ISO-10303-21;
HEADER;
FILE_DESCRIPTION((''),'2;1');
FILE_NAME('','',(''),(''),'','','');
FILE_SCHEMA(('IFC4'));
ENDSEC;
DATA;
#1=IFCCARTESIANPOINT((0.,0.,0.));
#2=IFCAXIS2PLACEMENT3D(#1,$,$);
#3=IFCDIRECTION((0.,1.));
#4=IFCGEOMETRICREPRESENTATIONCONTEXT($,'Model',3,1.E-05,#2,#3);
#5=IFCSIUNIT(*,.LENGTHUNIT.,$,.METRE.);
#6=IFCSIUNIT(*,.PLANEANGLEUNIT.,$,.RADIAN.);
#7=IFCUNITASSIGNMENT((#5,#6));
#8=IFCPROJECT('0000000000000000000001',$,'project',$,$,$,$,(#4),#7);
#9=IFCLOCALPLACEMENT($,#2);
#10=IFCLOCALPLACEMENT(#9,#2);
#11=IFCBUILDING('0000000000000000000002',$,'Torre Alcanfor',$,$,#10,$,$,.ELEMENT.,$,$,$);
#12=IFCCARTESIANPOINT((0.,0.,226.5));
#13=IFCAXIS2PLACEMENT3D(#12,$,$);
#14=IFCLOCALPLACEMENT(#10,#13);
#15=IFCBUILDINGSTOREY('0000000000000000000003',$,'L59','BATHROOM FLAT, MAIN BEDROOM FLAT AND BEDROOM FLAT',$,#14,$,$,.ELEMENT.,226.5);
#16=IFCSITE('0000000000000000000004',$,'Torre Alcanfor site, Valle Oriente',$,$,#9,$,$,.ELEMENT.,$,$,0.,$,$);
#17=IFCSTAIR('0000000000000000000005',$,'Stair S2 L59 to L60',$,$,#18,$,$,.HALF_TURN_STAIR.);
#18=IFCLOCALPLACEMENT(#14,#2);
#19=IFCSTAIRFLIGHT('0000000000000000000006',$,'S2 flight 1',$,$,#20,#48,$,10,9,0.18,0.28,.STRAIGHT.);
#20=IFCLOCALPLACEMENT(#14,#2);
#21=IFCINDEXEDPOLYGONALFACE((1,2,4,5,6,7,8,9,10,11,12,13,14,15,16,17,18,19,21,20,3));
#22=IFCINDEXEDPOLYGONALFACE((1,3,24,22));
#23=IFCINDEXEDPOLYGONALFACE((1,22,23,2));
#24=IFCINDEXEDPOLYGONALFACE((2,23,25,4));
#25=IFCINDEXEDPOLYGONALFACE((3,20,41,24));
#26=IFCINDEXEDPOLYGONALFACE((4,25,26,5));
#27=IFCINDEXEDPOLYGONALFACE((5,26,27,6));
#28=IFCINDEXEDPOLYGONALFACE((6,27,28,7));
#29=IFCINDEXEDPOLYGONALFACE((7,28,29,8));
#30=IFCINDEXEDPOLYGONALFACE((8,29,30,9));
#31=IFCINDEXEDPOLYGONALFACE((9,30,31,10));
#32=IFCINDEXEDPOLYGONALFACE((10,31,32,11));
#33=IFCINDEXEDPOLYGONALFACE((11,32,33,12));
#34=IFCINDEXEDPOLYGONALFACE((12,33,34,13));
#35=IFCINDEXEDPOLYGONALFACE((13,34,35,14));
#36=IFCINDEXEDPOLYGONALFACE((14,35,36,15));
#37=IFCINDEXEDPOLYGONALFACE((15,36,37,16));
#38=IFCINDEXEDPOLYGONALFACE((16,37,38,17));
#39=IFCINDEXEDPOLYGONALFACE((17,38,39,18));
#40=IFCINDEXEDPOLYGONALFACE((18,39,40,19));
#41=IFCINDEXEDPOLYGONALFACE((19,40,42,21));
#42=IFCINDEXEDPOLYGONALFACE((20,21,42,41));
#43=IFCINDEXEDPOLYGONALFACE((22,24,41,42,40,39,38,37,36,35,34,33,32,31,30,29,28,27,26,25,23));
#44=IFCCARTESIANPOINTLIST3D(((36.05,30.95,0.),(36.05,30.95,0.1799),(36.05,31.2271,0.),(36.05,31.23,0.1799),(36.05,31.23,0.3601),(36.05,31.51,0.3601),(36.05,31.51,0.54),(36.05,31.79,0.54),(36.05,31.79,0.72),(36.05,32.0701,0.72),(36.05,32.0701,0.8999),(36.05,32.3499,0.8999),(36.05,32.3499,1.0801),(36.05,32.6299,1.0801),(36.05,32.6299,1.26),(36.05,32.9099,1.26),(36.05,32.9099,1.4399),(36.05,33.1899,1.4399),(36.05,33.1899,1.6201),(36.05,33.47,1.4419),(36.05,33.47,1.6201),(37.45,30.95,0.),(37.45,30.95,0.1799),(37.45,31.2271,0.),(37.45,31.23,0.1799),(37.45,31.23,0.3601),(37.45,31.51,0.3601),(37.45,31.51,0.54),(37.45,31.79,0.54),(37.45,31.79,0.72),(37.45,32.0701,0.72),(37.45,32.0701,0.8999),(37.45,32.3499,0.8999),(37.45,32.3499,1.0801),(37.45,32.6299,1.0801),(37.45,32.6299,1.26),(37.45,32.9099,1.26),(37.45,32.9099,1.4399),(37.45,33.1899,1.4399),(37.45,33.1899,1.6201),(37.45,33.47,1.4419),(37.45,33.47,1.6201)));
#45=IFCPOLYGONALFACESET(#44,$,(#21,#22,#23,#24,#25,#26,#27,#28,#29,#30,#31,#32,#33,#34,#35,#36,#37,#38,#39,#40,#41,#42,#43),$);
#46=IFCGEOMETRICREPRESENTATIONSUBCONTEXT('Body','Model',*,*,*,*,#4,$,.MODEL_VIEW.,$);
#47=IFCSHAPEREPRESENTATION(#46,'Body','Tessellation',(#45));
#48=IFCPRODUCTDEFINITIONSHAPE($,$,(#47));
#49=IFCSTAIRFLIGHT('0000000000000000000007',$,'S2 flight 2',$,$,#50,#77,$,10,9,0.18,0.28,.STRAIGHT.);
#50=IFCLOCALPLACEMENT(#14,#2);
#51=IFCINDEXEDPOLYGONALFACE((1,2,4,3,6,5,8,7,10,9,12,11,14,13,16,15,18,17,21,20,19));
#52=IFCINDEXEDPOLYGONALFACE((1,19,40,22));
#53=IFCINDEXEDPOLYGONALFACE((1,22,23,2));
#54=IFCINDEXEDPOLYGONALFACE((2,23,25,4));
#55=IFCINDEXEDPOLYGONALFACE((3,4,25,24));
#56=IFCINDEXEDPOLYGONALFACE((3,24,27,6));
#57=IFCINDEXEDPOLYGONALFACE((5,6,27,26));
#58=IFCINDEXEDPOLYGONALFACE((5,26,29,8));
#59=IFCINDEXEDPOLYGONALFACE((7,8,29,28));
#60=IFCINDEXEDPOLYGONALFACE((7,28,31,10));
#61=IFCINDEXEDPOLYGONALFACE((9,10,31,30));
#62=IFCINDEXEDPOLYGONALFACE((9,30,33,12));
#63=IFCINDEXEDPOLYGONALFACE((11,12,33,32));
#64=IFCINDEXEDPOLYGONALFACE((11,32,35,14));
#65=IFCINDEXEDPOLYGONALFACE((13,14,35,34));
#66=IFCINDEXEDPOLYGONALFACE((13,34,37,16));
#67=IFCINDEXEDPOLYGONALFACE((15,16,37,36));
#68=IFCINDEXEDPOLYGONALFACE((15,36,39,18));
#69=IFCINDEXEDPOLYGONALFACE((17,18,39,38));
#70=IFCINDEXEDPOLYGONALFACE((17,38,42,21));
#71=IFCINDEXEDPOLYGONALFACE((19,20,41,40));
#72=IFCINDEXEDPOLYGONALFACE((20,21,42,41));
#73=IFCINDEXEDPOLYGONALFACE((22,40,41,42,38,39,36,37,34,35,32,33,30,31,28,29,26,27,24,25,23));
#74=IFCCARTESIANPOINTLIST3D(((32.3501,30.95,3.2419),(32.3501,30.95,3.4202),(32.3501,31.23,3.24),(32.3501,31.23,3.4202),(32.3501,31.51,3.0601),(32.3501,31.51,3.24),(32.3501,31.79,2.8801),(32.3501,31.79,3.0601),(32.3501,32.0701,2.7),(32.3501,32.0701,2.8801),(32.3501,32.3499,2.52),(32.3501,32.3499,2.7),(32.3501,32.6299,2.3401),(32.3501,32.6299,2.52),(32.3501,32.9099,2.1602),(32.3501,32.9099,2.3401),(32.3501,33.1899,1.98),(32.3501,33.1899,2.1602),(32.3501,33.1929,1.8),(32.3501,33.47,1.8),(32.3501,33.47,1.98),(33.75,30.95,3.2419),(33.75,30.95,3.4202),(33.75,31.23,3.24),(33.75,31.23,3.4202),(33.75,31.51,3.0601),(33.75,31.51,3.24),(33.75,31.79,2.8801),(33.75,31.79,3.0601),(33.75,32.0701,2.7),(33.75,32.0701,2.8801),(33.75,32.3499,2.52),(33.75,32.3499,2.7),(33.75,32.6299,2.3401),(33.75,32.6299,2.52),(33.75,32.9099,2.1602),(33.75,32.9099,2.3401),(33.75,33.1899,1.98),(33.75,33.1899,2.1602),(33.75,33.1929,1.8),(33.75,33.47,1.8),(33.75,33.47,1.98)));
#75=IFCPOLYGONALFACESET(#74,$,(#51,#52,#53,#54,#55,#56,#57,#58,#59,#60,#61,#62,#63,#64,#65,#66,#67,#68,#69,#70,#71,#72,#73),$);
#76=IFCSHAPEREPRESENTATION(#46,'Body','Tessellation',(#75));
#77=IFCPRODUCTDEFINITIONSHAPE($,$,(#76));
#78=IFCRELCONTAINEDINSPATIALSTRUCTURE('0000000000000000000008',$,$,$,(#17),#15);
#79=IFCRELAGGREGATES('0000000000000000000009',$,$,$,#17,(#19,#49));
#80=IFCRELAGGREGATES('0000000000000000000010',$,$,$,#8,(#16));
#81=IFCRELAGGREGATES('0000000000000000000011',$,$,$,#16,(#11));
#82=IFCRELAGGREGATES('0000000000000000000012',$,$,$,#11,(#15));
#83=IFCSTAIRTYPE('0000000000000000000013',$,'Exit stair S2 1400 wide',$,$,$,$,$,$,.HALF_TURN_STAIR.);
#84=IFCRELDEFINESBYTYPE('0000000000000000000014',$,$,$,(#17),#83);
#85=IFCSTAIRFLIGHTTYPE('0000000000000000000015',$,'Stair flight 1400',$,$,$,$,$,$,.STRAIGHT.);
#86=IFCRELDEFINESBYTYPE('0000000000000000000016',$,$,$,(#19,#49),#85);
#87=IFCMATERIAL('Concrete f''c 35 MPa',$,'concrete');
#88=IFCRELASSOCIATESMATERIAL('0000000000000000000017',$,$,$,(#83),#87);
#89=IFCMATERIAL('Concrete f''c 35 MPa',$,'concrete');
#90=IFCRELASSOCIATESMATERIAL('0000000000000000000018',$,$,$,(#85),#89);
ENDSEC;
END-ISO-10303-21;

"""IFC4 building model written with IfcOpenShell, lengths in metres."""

from ifc_helpers import new_model, si_unit, direction, frame, origin, place, context, subcontext, project, spatial, polyline, outline, extrude, material, type_object, element, aggregate, save


model = new_model("IFC4")

# Units and contexts
model_context = context("Model", 3, precision=1e-05, world=origin(), true_north=direction((0.0, 1.0)))
body_context = subcontext(model_context, "Body", "Model", "MODEL_VIEW")
ifc_project = project(units=[si_unit("LENGTHUNIT", "METRE"), si_unit("PLANEANGLEUNIT", "RADIAN")], contexts=[model_context])

# Site, building, storey
site_placement = place(None, origin())
site = spatial("IfcSite", under=ifc_project, at=site_placement, Name="Torre Alcanfor site, Valle Oriente", CompositionType="ELEMENT", RefElevation=0.0)
building_placement = place(site_placement, origin())
building = spatial("IfcBuilding", under=site, at=building_placement, Name="Torre Alcanfor", CompositionType="ELEMENT")
storey_placement = place(building_placement, frame((0.0, 0.0, 226.5)))
storey = spatial("IfcBuildingStorey", under=building, at=storey_placement, Name="L59", Description="BATHROOM FLAT, MAIN BEDROOM FLAT AND BEDROOM FLAT", CompositionType="ELEMENT", Elevation=226.5)

# Stair, stair flights
ifc_material_1 = material(Name="Concrete f'c 35 MPa", Category="concrete")
stair_type = type_object("IfcStairType", Name="Exit stair S2 1400 wide", PredefinedType="HALF_TURN_STAIR", material=ifc_material_1)
stair_placement = place(storey_placement, origin())
stair = element("IfcStair", 1, at=stair_placement, inside=storey, type_object=stair_type, Name="Stair S2 L59 to L60", PredefinedType="HALF_TURN_STAIR")
ifc_material_2 = material(Name="Concrete f'c 35 MPa", Category="concrete")
stair_flight_type = type_object("IfcStairFlightType", Name="Stair flight 1400", PredefinedType="STRAIGHT", material=ifc_material_2)
stair_flight_1_placement = place(storey_placement, frame((36.75, 30.95, 0.0), z_axis=(0.0, 0.0, 1.0), x_axis=(0.0, 1.0, 0.0)))
stair_flight_1 = element("IfcStairFlight", 2, at=stair_flight_1_placement, type_object=stair_flight_type, Name="S2 flight 1", NumberOfRisers=10, NumberOfTreads=9, PredefinedType="STRAIGHT", RiserHeight=0.18, TreadLength=0.28, context=body_context, shape_type="SweptSolid", body=[
    extrude(outline(polyline([(0.0, 0.0), (0.0, 0.1799), (0.28, 0.1799), (0.28, 0.3601), (0.5601, 0.3601), (0.5601, 0.54), (0.8401, 0.54), (0.8401, 0.72), (1.1201, 0.72), (1.1201, 0.8999), (1.3999, 0.8999), (1.3999, 1.0801), (1.6799, 1.0801), (1.6799, 1.26), (1.96, 1.26), (1.96, 1.4399), (2.24, 1.4399), (2.24, 1.6201), (2.52, 1.6201), (2.52, 1.8), (2.52, 1.4419), (0.2771, 0.0), (0.0, 0.0)])), frame((0.0, 0.7, 0.0), z_axis=(0.0, -1.0, 0.0), x_axis=(1.0, 0.0, 0.0)), (0.0, 0.0, 1.0), 1.3999),
])
stair_flight_2_placement = place(storey_placement, frame((33.05, 33.47, 1.8), z_axis=(0.0, 0.0, 1.0), x_axis=(0.0, -1.0, 0.0)))
stair_flight_2 = element("IfcStairFlight", 3, at=stair_flight_2_placement, type_object=stair_flight_type, Name="S2 flight 2", NumberOfRisers=10, NumberOfTreads=9, PredefinedType="STRAIGHT", RiserHeight=0.18, TreadLength=0.28, context=body_context, shape_type="SweptSolid", body=[
    extrude(outline(polyline([(0.0, 0.0), (0.0, 0.1799), (0.28, 0.1799), (0.28, 0.3601), (0.5601, 0.3601), (0.5601, 0.54), (0.8401, 0.54), (0.8401, 0.72), (1.1201, 0.72), (1.1201, 0.8999), (1.3999, 0.8999), (1.3999, 1.0801), (1.6799, 1.0801), (1.6799, 1.26), (1.96, 1.26), (1.96, 1.4399), (2.24, 1.4399), (2.24, 1.6201), (2.52, 1.6201), (2.52, 1.8), (2.52, 1.4419), (0.2771, 0.0), (0.0, 0.0)])), frame((0.0, 0.7, 0.0), z_axis=(0.0, -1.0, 0.0), x_axis=(1.0, 0.0, 0.0)), (0.0, 0.0, 1.0), 1.3999),
])
aggregate(stair, [stair_flight_1, stair_flight_2])

save(model, "model.ifc")
